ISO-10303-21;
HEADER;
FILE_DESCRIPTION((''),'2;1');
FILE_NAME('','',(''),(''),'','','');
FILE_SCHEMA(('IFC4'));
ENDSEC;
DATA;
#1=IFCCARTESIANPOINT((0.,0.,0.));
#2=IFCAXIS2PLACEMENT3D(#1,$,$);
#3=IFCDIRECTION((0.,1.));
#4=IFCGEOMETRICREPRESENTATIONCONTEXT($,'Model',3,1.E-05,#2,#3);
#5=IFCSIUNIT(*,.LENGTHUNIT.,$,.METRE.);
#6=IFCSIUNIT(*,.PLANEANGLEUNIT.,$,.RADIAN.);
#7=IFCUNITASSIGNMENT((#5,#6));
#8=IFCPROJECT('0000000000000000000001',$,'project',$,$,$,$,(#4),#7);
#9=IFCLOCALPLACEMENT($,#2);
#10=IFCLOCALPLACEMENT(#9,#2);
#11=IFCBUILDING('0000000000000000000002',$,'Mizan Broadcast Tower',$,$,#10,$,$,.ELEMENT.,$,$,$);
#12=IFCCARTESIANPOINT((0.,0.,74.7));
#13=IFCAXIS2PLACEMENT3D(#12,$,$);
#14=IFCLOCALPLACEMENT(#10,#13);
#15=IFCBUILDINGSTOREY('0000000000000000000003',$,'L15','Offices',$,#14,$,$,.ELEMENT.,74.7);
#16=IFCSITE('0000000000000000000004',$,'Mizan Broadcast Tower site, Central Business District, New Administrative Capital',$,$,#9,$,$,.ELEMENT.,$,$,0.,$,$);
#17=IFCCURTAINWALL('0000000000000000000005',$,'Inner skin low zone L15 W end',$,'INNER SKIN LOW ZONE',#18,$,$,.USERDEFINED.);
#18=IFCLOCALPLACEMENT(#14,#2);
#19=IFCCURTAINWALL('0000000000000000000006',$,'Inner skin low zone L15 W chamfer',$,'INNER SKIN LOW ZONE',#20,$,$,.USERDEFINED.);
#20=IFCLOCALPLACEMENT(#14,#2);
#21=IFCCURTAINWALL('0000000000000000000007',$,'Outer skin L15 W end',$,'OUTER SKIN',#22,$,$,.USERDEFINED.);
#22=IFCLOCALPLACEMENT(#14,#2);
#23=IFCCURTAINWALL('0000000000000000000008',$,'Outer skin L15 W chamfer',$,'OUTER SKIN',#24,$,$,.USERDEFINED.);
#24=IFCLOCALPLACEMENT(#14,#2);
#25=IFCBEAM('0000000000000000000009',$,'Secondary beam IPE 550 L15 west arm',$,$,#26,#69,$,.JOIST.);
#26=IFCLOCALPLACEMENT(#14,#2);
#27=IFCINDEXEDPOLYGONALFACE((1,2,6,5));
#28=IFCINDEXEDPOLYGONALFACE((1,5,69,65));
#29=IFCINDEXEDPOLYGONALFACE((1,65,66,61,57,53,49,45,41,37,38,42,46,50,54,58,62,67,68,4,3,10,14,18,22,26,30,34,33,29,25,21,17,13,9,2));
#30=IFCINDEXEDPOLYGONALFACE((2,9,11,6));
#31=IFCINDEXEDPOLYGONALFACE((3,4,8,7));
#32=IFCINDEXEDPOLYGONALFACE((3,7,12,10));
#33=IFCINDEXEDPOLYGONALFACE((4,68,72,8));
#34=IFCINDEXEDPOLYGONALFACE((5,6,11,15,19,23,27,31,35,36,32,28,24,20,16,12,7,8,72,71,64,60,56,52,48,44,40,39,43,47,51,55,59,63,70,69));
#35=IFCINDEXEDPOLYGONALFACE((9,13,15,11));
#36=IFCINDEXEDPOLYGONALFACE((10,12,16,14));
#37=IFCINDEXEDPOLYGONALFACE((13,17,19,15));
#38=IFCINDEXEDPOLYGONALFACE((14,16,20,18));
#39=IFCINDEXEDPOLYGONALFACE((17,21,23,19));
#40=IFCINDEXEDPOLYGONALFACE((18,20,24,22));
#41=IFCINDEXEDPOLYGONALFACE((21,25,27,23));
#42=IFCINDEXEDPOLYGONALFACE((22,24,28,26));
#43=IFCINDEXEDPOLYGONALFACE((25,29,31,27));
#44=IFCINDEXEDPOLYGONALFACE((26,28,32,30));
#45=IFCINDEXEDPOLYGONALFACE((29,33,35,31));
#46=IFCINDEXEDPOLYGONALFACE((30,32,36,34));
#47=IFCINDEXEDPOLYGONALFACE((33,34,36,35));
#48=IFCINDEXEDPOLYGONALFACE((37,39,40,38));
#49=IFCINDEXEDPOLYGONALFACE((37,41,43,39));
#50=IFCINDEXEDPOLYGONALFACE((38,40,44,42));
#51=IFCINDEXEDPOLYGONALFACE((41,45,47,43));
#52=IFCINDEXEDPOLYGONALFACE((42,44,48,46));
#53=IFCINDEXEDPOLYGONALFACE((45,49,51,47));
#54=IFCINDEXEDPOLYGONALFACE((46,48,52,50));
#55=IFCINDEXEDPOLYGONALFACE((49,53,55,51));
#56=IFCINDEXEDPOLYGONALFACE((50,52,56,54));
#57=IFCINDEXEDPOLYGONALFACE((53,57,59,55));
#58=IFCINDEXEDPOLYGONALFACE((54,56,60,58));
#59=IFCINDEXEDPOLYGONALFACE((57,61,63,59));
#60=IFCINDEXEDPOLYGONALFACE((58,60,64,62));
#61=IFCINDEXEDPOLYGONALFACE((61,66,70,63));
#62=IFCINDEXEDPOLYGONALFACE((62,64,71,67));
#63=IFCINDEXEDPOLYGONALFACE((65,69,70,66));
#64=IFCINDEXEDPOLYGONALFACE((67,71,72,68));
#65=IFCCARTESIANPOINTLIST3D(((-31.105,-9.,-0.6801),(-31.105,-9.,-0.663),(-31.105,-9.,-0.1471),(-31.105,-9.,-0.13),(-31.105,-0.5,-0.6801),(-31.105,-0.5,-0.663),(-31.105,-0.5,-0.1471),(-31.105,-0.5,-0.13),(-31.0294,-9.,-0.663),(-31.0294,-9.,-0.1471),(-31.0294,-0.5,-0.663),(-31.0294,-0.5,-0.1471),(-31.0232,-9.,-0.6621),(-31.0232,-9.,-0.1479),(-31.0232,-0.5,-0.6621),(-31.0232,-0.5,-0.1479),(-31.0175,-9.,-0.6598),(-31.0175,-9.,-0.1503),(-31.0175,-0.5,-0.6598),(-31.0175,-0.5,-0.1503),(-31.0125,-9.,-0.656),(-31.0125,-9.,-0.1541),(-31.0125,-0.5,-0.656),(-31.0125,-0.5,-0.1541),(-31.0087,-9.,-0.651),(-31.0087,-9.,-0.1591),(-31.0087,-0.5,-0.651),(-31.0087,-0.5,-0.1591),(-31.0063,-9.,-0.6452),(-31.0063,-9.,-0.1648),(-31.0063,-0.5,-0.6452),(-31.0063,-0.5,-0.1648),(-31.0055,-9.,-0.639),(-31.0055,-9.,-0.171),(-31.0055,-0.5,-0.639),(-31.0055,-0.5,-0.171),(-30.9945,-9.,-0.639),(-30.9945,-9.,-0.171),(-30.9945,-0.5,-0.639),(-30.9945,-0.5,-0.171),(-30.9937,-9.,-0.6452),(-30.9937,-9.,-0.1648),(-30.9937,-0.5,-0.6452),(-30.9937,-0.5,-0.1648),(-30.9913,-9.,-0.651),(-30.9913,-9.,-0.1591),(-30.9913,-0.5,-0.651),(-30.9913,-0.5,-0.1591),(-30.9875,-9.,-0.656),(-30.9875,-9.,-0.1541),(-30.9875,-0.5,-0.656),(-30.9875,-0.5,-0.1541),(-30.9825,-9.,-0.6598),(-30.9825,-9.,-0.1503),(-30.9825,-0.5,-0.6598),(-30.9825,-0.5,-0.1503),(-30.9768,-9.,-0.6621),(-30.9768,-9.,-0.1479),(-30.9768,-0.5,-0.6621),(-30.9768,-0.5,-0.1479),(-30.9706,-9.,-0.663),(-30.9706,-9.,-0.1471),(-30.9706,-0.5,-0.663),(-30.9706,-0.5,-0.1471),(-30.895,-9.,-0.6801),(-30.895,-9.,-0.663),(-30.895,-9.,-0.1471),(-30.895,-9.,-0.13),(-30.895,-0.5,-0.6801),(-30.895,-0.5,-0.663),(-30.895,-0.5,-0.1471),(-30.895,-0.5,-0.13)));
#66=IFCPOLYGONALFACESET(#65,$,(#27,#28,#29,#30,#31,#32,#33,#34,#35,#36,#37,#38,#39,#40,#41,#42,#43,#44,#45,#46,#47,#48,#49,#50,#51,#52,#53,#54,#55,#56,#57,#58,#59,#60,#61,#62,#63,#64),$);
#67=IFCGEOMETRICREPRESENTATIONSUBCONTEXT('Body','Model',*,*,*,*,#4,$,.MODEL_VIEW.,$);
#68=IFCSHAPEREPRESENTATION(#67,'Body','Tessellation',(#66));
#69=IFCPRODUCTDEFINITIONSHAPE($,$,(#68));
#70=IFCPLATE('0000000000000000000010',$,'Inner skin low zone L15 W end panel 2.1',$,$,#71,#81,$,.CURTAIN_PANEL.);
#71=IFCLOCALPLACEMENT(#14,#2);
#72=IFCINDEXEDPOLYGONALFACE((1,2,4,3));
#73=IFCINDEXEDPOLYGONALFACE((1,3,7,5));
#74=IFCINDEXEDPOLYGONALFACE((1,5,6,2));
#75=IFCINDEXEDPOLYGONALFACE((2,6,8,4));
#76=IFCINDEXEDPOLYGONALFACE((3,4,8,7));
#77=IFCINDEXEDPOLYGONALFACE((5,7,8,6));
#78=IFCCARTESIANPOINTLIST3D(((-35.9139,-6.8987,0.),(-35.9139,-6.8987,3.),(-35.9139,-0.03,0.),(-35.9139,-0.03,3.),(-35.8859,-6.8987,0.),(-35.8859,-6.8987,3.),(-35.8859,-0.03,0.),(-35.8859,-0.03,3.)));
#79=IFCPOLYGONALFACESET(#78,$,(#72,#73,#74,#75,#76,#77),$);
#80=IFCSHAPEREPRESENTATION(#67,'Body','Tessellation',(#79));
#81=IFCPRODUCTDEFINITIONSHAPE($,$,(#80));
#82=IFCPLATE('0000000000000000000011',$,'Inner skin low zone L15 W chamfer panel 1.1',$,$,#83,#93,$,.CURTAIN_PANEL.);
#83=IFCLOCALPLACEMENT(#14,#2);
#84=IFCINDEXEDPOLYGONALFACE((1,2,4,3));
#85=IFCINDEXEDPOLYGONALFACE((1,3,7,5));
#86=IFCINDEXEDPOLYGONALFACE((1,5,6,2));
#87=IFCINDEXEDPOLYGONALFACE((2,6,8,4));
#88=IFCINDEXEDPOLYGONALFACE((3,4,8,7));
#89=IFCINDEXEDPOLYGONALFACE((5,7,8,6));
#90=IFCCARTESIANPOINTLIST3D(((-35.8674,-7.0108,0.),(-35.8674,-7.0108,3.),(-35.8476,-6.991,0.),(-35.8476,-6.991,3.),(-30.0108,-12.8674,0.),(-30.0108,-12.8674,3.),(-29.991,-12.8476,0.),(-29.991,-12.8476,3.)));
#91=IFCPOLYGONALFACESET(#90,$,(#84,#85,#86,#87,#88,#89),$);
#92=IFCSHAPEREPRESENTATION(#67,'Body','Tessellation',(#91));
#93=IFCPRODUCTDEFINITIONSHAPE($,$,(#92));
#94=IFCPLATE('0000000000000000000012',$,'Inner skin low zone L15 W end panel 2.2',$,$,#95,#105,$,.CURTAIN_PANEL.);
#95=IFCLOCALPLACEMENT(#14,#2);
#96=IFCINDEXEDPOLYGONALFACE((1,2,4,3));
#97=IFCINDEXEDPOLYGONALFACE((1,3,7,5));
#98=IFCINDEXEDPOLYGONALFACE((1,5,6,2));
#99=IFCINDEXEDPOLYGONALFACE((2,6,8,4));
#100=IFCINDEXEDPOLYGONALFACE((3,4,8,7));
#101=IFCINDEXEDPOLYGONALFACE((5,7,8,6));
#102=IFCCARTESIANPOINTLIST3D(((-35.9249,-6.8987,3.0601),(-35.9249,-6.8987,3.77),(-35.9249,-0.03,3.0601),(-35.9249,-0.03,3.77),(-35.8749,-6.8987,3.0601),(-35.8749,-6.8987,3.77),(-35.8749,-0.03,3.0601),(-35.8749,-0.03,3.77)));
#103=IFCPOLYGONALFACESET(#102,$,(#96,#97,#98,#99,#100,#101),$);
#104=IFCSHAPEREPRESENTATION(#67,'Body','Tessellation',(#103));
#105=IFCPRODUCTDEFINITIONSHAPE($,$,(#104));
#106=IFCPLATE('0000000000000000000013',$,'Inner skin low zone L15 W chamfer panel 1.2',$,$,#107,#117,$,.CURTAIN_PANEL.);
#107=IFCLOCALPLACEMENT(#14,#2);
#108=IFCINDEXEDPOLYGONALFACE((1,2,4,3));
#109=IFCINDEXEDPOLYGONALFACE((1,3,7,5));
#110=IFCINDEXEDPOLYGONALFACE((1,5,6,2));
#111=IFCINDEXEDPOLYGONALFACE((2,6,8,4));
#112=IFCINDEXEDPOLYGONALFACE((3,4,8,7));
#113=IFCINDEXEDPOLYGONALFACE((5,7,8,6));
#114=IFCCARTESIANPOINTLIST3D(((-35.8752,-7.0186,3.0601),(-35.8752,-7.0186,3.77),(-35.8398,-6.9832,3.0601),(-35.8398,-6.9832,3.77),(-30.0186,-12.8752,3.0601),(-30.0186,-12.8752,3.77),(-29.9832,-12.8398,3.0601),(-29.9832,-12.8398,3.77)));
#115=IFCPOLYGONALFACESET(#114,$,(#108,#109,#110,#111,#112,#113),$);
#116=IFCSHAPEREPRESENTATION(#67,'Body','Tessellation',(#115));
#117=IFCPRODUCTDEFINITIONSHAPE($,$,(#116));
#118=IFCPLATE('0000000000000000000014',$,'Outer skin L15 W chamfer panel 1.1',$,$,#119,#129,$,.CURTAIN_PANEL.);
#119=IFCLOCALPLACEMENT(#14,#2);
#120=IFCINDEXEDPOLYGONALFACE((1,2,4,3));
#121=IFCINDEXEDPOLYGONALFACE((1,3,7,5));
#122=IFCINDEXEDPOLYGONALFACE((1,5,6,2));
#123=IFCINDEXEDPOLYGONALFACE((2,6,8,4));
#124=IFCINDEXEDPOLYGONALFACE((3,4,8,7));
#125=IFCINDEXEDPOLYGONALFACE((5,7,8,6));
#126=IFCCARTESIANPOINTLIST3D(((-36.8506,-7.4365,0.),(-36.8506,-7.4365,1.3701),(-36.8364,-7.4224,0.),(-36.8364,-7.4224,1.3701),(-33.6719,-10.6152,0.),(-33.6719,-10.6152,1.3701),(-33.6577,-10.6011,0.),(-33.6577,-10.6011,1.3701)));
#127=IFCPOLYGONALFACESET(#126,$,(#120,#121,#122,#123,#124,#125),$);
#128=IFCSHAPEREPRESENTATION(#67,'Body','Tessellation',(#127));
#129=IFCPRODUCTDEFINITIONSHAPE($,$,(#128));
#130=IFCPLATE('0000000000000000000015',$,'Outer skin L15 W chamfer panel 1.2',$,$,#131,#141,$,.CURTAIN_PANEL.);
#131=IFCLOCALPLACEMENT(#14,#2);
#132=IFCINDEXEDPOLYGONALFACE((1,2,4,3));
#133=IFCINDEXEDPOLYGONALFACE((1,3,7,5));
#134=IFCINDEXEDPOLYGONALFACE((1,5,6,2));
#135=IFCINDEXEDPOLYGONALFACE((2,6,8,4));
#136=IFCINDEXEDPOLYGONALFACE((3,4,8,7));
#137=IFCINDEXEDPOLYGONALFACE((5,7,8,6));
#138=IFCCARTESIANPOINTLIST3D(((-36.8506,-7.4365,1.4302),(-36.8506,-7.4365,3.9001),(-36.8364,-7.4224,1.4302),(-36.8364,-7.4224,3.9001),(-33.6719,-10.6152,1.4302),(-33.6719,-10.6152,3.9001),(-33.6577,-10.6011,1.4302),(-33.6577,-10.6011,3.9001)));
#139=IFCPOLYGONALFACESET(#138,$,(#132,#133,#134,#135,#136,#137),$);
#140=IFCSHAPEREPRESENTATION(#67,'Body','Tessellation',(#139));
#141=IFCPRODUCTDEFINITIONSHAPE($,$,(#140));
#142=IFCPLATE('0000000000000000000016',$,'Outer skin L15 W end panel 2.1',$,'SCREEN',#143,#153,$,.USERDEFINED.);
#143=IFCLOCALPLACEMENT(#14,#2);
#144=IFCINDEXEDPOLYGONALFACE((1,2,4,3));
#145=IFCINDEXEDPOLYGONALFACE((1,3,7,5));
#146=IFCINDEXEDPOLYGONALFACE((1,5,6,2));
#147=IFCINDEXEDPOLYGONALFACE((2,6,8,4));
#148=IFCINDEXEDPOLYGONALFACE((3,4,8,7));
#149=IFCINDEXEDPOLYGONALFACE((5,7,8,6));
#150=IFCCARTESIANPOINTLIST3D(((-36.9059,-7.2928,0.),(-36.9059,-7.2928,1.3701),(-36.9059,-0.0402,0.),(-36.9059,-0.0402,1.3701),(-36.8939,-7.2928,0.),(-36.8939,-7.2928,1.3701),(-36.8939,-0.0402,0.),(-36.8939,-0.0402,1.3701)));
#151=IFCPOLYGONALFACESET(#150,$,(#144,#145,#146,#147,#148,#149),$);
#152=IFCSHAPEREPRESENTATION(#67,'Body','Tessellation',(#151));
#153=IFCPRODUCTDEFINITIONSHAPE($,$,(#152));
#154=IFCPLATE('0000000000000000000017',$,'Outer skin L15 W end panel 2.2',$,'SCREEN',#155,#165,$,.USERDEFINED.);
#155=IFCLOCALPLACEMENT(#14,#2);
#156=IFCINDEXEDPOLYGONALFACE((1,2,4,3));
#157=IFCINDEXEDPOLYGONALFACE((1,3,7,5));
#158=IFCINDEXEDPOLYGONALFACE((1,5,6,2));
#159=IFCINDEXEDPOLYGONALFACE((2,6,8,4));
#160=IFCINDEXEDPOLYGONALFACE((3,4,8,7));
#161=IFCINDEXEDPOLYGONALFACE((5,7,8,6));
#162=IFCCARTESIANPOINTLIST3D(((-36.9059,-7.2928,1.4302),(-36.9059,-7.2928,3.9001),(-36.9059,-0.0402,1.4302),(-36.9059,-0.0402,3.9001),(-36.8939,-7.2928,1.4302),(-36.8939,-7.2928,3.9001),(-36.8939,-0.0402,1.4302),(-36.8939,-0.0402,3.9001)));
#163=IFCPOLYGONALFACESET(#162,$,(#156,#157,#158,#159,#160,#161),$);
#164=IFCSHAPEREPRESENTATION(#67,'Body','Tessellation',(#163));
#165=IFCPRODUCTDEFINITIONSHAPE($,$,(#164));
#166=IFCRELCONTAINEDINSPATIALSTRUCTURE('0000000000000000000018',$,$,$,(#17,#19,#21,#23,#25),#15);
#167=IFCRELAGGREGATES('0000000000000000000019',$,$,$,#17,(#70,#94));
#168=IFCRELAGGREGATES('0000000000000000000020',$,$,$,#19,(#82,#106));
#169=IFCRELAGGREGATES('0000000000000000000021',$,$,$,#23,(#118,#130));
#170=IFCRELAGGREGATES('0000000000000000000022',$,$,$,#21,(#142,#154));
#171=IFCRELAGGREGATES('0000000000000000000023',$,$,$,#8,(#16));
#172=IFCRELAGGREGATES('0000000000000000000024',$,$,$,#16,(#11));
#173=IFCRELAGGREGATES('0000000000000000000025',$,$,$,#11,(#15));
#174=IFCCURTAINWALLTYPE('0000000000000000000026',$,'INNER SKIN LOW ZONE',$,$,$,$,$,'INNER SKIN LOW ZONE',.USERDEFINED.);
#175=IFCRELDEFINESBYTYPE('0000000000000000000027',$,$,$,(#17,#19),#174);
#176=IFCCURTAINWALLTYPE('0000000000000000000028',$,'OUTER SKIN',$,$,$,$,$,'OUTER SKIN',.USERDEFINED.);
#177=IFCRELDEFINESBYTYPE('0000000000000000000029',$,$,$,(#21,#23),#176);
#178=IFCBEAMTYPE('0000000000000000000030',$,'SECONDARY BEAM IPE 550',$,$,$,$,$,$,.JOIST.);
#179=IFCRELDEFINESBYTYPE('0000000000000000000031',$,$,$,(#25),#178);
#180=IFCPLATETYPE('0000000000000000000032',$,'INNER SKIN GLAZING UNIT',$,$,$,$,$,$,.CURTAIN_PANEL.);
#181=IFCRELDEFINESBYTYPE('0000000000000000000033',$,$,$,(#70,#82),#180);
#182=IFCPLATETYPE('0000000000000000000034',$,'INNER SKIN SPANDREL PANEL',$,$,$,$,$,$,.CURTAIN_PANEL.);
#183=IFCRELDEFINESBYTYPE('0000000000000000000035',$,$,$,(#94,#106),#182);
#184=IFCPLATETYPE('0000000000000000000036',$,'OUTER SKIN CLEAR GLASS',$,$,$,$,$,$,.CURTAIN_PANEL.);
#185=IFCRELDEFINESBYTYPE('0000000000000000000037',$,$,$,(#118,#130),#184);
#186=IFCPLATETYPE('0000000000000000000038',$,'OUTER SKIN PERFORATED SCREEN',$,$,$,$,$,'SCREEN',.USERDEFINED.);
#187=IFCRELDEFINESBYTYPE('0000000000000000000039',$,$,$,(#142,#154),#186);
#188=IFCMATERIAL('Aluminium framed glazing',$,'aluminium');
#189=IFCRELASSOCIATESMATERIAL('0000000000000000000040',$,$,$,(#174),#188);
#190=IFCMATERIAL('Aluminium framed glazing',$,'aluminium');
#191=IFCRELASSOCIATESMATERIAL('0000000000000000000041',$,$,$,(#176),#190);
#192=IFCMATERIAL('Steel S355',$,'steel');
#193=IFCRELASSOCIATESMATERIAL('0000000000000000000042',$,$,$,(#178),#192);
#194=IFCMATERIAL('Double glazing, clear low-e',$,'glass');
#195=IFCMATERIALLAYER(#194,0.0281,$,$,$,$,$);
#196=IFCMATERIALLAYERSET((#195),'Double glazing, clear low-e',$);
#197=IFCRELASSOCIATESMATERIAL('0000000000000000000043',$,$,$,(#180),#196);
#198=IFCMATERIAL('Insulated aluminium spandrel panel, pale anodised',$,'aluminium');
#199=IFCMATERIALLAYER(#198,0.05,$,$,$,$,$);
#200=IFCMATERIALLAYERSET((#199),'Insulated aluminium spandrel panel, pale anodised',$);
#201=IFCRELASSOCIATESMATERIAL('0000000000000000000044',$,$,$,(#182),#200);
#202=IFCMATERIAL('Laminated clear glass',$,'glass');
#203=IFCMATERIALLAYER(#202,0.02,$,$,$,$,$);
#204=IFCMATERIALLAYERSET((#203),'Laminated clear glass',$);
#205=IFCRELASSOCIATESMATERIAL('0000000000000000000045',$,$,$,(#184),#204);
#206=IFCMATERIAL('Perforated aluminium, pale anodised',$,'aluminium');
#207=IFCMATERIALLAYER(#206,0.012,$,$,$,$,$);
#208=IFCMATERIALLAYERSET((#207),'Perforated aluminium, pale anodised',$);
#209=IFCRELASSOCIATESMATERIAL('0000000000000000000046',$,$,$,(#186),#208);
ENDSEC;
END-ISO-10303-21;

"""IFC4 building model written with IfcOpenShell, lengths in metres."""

from ifc_helpers import new_model, si_unit, direction, frame, origin, origin_2d, place, context, subcontext, project, spatial, rectangle, i_section, extrude, material, layer, layer_set, material_profile, profile_set, type_object, element, aggregate, save


model = new_model("IFC4")

# Units and contexts
model_context = context("Model", 3, precision=1e-05, world=origin(), true_north=direction((0.0, 1.0)))
body_context = subcontext(model_context, "Body", "Model", "MODEL_VIEW")
ifc_project = project(units=[si_unit("LENGTHUNIT", "METRE"), si_unit("PLANEANGLEUNIT", "RADIAN")], contexts=[model_context])

# Site, building, storey
site_placement = place(None, origin())
site = spatial("IfcSite", under=ifc_project, at=site_placement, Name="Mizan Broadcast Tower site, Central Business District, New Administrative Capital", CompositionType="ELEMENT", RefElevation=0.0)
building_placement = place(site_placement, origin())
building = spatial("IfcBuilding", under=site, at=building_placement, Name="Mizan Broadcast Tower", CompositionType="ELEMENT")
storey_placement = place(building_placement, frame((0.0, 0.0, 74.7)))
storey = spatial("IfcBuildingStorey", under=building, at=storey_placement, Name="L15", Description="Offices", CompositionType="ELEMENT", Elevation=74.7)

# Curtain wall
ifc_material_1 = material(Name="Aluminium framed glazing", Category="aluminium")
curtain_wall_type_1 = type_object("IfcCurtainWallType", Name="INNER SKIN LOW ZONE", ElementType="INNER SKIN LOW ZONE", PredefinedType="USERDEFINED", material=ifc_material_1)
curtain_wall_1_placement = place(storey_placement, origin())
curtain_wall_1 = element("IfcCurtainWall", 1, at=curtain_wall_1_placement, inside=storey, type_object=curtain_wall_type_1, Name="Inner skin low zone L15 W end", ObjectType="INNER SKIN LOW ZONE", PredefinedType="USERDEFINED")

# Curtain wall
curtain_wall_2_placement = place(storey_placement, origin())
curtain_wall_2 = element("IfcCurtainWall", 2, at=curtain_wall_2_placement, inside=storey, type_object=curtain_wall_type_1, Name="Inner skin low zone L15 W chamfer", ObjectType="INNER SKIN LOW ZONE", PredefinedType="USERDEFINED")

# Curtain wall
ifc_material_2 = material(Name="Aluminium framed glazing", Category="aluminium")
curtain_wall_type_2 = type_object("IfcCurtainWallType", Name="OUTER SKIN", ElementType="OUTER SKIN", PredefinedType="USERDEFINED", material=ifc_material_2)
curtain_wall_3_placement = place(storey_placement, origin())
curtain_wall_3 = element("IfcCurtainWall", 3, at=curtain_wall_3_placement, inside=storey, type_object=curtain_wall_type_2, Name="Outer skin L15 W end", ObjectType="OUTER SKIN", PredefinedType="USERDEFINED")

# Curtain wall
curtain_wall_4_placement = place(storey_placement, origin())
curtain_wall_4 = element("IfcCurtainWall", 4, at=curtain_wall_4_placement, inside=storey, type_object=curtain_wall_type_2, Name="Outer skin L15 W chamfer", ObjectType="OUTER SKIN", PredefinedType="USERDEFINED")

# Beam
ifc_material_3 = material(Name="Steel S355", Category="steel")
ifc_material_profile_1 = material_profile(ifc_material_3, i_section(OverallWidth=0.21, OverallDepth=0.55, WebThickness=0.011, FlangeThickness=0.0171, FilletRadius=0.0239, at=origin_2d()), Name="IPE 550")
ifc_profile_set_1 = profile_set([ifc_material_profile_1], Name="Steel S355")
beam_type_1 = type_object("IfcBeamType", Name="SECONDARY BEAM IPE 550", PredefinedType="JOIST", material=ifc_profile_set_1)
beam_1_placement = place(storey_placement, frame((-31.0, -9.0, -0.405), z_axis=(0.0, 1.0, 0.0), x_axis=(-1.0, 0.0, 0.0)))
element("IfcBeam", 5, at=beam_1_placement, inside=storey, type_object=beam_type_1, Name="Secondary beam IPE 550 L15 west arm", PredefinedType="JOIST", context=body_context, shape_type="SweptSolid", body=[
    extrude(i_section(OverallWidth=0.21, OverallDepth=0.55, WebThickness=0.011, FlangeThickness=0.0171, FilletRadius=0.0239, at=origin_2d()), origin(), (0.0, 0.0, 1.0), 8.5),
])

# Plates
ifc_material_4 = material(Name="Double glazing, clear low-e", Category="glass")
ifc_layer_1 = layer(ifc_material_4, 0.0281)
ifc_layer_set_1 = layer_set([ifc_layer_1], Name="Double glazing, clear low-e")
plate_type_1 = type_object("IfcPlateType", Name="INNER SKIN GLAZING UNIT", PredefinedType="CURTAIN_PANEL", material=ifc_layer_set_1)
plate_1_placement = place(storey_placement, frame((-35.8999, -3.4644, 0.0), z_axis=(0.0, 0.0, 1.0), x_axis=(0.0, -1.0, 0.0)))
plate_1 = element("IfcPlate", 6, at=plate_1_placement, type_object=plate_type_1, Name="Inner skin low zone L15 W end panel 2.1", PredefinedType="CURTAIN_PANEL", context=body_context, shape_type="SweptSolid", body=[
    extrude(rectangle(XDim=6.8687, YDim=0.0281, at=origin_2d()), origin(), (0.0, 0.0, 1.0), 3.0),
])
plate_2_placement = place(storey_placement, frame((-32.9292, -9.9292, 0.0), z_axis=(0.0, 0.0, 1.0), x_axis=(0.707107, -0.707107, 0.0)))
plate_2 = element("IfcPlate", 7, at=plate_2_placement, type_object=plate_type_1, Name="Inner skin low zone L15 W chamfer panel 1.1", PredefinedType="CURTAIN_PANEL", context=body_context, shape_type="SweptSolid", body=[
    extrude(rectangle(XDim=8.2825, YDim=0.0281, at=origin_2d()), origin(), (0.0, 0.0, 1.0), 3.0),
])
ifc_material_5 = material(Name="Insulated aluminium spandrel panel, pale anodised", Category="aluminium")
ifc_layer_2 = layer(ifc_material_5, 0.05)
ifc_layer_set_2 = layer_set([ifc_layer_2], Name="Insulated aluminium spandrel panel, pale anodised")
plate_type_2 = type_object("IfcPlateType", Name="INNER SKIN SPANDREL PANEL", PredefinedType="CURTAIN_PANEL", material=ifc_layer_set_2)
plate_3_placement = place(storey_placement, frame((-35.8999, -3.4644, 3.0601), z_axis=(0.0, 0.0, 1.0), x_axis=(0.0, -1.0, 0.0)))
plate_3 = element("IfcPlate", 8, at=plate_3_placement, type_object=plate_type_2, Name="Inner skin low zone L15 W end panel 2.2", PredefinedType="CURTAIN_PANEL", context=body_context, shape_type="SweptSolid", body=[
    extrude(rectangle(XDim=6.8687, YDim=0.05, at=origin_2d()), origin(), (0.0, 0.0, 1.0), 0.71),
])
aggregate(curtain_wall_1, [plate_1, plate_3])
plate_4_placement = place(storey_placement, frame((-32.9292, -9.9292, 3.0601), z_axis=(0.0, 0.0, 1.0), x_axis=(0.707107, -0.707107, 0.0)))
plate_4 = element("IfcPlate", 9, at=plate_4_placement, type_object=plate_type_2, Name="Inner skin low zone L15 W chamfer panel 1.2", PredefinedType="CURTAIN_PANEL", context=body_context, shape_type="SweptSolid", body=[
    extrude(rectangle(XDim=8.2825, YDim=0.05, at=origin_2d()), origin(), (0.0, 0.0, 1.0), 0.71),
])
aggregate(curtain_wall_2, [plate_2, plate_4])
ifc_material_6 = material(Name="Laminated clear glass", Category="glass")
ifc_layer_3 = layer(ifc_material_6, 0.02)
ifc_layer_set_3 = layer_set([ifc_layer_3], Name="Laminated clear glass")
plate_type_3 = type_object("IfcPlateType", Name="OUTER SKIN CLEAR GLASS", PredefinedType="CURTAIN_PANEL", material=ifc_layer_set_3)
plate_5_placement = place(storey_placement, frame((-35.2542, -9.0188, 0.0), z_axis=(0.0, 0.0, 1.0), x_axis=(0.707107, -0.707107, 0.0)))
plate_5 = element("IfcPlate", 10, at=plate_5_placement, type_object=plate_type_3, Name="Outer skin L15 W chamfer panel 1.1", PredefinedType="CURTAIN_PANEL", context=body_context, shape_type="SweptSolid", body=[
    extrude(rectangle(XDim=4.4954, YDim=0.02, at=origin_2d()), origin(), (0.0, 0.0, 1.0), 1.3701),
])
plate_6_placement = place(storey_placement, frame((-35.2542, -9.0188, 1.4302), z_axis=(0.0, 0.0, 1.0), x_axis=(0.707107, -0.707107, 0.0)))
plate_6 = element("IfcPlate", 11, at=plate_6_placement, type_object=plate_type_3, Name="Outer skin L15 W chamfer panel 1.2", PredefinedType="CURTAIN_PANEL", context=body_context, shape_type="SweptSolid", body=[
    extrude(rectangle(XDim=4.4954, YDim=0.02, at=origin_2d()), origin(), (0.0, 0.0, 1.0), 2.47),
])
aggregate(curtain_wall_4, [plate_5, plate_6])
ifc_material_7 = material(Name="Perforated aluminium, pale anodised", Category="aluminium")
ifc_layer_4 = layer(ifc_material_7, 0.012)
ifc_layer_set_4 = layer_set([ifc_layer_4], Name="Perforated aluminium, pale anodised")
plate_type_4 = type_object("IfcPlateType", Name="OUTER SKIN PERFORATED SCREEN", ElementType="SCREEN", PredefinedType="USERDEFINED", material=ifc_layer_set_4)
plate_7_placement = place(storey_placement, frame((-36.8999, -3.6665, 0.0), z_axis=(0.0, 0.0, 1.0), x_axis=(0.0, -1.0, 0.0)))
plate_7 = element("IfcPlate", 12, at=plate_7_placement, type_object=plate_type_4, Name="Outer skin L15 W end panel 2.1", ObjectType="SCREEN", PredefinedType="USERDEFINED", context=body_context, shape_type="SweptSolid", body=[
    extrude(rectangle(XDim=7.2527, YDim=0.012, at=origin_2d()), origin(), (0.0, 0.0, 1.0), 1.3701),
])
plate_8_placement = place(storey_placement, frame((-36.8999, -3.6665, 1.4302), z_axis=(0.0, 0.0, 1.0), x_axis=(0.0, -1.0, 0.0)))
plate_8 = element("IfcPlate", 13, at=plate_8_placement, type_object=plate_type_4, Name="Outer skin L15 W end panel 2.2", ObjectType="SCREEN", PredefinedType="USERDEFINED", context=body_context, shape_type="SweptSolid", body=[
    extrude(rectangle(XDim=7.2527, YDim=0.012, at=origin_2d()), origin(), (0.0, 0.0, 1.0), 2.47),
])
aggregate(curtain_wall_3, [plate_7, plate_8])

save(model, "model.ifc")
